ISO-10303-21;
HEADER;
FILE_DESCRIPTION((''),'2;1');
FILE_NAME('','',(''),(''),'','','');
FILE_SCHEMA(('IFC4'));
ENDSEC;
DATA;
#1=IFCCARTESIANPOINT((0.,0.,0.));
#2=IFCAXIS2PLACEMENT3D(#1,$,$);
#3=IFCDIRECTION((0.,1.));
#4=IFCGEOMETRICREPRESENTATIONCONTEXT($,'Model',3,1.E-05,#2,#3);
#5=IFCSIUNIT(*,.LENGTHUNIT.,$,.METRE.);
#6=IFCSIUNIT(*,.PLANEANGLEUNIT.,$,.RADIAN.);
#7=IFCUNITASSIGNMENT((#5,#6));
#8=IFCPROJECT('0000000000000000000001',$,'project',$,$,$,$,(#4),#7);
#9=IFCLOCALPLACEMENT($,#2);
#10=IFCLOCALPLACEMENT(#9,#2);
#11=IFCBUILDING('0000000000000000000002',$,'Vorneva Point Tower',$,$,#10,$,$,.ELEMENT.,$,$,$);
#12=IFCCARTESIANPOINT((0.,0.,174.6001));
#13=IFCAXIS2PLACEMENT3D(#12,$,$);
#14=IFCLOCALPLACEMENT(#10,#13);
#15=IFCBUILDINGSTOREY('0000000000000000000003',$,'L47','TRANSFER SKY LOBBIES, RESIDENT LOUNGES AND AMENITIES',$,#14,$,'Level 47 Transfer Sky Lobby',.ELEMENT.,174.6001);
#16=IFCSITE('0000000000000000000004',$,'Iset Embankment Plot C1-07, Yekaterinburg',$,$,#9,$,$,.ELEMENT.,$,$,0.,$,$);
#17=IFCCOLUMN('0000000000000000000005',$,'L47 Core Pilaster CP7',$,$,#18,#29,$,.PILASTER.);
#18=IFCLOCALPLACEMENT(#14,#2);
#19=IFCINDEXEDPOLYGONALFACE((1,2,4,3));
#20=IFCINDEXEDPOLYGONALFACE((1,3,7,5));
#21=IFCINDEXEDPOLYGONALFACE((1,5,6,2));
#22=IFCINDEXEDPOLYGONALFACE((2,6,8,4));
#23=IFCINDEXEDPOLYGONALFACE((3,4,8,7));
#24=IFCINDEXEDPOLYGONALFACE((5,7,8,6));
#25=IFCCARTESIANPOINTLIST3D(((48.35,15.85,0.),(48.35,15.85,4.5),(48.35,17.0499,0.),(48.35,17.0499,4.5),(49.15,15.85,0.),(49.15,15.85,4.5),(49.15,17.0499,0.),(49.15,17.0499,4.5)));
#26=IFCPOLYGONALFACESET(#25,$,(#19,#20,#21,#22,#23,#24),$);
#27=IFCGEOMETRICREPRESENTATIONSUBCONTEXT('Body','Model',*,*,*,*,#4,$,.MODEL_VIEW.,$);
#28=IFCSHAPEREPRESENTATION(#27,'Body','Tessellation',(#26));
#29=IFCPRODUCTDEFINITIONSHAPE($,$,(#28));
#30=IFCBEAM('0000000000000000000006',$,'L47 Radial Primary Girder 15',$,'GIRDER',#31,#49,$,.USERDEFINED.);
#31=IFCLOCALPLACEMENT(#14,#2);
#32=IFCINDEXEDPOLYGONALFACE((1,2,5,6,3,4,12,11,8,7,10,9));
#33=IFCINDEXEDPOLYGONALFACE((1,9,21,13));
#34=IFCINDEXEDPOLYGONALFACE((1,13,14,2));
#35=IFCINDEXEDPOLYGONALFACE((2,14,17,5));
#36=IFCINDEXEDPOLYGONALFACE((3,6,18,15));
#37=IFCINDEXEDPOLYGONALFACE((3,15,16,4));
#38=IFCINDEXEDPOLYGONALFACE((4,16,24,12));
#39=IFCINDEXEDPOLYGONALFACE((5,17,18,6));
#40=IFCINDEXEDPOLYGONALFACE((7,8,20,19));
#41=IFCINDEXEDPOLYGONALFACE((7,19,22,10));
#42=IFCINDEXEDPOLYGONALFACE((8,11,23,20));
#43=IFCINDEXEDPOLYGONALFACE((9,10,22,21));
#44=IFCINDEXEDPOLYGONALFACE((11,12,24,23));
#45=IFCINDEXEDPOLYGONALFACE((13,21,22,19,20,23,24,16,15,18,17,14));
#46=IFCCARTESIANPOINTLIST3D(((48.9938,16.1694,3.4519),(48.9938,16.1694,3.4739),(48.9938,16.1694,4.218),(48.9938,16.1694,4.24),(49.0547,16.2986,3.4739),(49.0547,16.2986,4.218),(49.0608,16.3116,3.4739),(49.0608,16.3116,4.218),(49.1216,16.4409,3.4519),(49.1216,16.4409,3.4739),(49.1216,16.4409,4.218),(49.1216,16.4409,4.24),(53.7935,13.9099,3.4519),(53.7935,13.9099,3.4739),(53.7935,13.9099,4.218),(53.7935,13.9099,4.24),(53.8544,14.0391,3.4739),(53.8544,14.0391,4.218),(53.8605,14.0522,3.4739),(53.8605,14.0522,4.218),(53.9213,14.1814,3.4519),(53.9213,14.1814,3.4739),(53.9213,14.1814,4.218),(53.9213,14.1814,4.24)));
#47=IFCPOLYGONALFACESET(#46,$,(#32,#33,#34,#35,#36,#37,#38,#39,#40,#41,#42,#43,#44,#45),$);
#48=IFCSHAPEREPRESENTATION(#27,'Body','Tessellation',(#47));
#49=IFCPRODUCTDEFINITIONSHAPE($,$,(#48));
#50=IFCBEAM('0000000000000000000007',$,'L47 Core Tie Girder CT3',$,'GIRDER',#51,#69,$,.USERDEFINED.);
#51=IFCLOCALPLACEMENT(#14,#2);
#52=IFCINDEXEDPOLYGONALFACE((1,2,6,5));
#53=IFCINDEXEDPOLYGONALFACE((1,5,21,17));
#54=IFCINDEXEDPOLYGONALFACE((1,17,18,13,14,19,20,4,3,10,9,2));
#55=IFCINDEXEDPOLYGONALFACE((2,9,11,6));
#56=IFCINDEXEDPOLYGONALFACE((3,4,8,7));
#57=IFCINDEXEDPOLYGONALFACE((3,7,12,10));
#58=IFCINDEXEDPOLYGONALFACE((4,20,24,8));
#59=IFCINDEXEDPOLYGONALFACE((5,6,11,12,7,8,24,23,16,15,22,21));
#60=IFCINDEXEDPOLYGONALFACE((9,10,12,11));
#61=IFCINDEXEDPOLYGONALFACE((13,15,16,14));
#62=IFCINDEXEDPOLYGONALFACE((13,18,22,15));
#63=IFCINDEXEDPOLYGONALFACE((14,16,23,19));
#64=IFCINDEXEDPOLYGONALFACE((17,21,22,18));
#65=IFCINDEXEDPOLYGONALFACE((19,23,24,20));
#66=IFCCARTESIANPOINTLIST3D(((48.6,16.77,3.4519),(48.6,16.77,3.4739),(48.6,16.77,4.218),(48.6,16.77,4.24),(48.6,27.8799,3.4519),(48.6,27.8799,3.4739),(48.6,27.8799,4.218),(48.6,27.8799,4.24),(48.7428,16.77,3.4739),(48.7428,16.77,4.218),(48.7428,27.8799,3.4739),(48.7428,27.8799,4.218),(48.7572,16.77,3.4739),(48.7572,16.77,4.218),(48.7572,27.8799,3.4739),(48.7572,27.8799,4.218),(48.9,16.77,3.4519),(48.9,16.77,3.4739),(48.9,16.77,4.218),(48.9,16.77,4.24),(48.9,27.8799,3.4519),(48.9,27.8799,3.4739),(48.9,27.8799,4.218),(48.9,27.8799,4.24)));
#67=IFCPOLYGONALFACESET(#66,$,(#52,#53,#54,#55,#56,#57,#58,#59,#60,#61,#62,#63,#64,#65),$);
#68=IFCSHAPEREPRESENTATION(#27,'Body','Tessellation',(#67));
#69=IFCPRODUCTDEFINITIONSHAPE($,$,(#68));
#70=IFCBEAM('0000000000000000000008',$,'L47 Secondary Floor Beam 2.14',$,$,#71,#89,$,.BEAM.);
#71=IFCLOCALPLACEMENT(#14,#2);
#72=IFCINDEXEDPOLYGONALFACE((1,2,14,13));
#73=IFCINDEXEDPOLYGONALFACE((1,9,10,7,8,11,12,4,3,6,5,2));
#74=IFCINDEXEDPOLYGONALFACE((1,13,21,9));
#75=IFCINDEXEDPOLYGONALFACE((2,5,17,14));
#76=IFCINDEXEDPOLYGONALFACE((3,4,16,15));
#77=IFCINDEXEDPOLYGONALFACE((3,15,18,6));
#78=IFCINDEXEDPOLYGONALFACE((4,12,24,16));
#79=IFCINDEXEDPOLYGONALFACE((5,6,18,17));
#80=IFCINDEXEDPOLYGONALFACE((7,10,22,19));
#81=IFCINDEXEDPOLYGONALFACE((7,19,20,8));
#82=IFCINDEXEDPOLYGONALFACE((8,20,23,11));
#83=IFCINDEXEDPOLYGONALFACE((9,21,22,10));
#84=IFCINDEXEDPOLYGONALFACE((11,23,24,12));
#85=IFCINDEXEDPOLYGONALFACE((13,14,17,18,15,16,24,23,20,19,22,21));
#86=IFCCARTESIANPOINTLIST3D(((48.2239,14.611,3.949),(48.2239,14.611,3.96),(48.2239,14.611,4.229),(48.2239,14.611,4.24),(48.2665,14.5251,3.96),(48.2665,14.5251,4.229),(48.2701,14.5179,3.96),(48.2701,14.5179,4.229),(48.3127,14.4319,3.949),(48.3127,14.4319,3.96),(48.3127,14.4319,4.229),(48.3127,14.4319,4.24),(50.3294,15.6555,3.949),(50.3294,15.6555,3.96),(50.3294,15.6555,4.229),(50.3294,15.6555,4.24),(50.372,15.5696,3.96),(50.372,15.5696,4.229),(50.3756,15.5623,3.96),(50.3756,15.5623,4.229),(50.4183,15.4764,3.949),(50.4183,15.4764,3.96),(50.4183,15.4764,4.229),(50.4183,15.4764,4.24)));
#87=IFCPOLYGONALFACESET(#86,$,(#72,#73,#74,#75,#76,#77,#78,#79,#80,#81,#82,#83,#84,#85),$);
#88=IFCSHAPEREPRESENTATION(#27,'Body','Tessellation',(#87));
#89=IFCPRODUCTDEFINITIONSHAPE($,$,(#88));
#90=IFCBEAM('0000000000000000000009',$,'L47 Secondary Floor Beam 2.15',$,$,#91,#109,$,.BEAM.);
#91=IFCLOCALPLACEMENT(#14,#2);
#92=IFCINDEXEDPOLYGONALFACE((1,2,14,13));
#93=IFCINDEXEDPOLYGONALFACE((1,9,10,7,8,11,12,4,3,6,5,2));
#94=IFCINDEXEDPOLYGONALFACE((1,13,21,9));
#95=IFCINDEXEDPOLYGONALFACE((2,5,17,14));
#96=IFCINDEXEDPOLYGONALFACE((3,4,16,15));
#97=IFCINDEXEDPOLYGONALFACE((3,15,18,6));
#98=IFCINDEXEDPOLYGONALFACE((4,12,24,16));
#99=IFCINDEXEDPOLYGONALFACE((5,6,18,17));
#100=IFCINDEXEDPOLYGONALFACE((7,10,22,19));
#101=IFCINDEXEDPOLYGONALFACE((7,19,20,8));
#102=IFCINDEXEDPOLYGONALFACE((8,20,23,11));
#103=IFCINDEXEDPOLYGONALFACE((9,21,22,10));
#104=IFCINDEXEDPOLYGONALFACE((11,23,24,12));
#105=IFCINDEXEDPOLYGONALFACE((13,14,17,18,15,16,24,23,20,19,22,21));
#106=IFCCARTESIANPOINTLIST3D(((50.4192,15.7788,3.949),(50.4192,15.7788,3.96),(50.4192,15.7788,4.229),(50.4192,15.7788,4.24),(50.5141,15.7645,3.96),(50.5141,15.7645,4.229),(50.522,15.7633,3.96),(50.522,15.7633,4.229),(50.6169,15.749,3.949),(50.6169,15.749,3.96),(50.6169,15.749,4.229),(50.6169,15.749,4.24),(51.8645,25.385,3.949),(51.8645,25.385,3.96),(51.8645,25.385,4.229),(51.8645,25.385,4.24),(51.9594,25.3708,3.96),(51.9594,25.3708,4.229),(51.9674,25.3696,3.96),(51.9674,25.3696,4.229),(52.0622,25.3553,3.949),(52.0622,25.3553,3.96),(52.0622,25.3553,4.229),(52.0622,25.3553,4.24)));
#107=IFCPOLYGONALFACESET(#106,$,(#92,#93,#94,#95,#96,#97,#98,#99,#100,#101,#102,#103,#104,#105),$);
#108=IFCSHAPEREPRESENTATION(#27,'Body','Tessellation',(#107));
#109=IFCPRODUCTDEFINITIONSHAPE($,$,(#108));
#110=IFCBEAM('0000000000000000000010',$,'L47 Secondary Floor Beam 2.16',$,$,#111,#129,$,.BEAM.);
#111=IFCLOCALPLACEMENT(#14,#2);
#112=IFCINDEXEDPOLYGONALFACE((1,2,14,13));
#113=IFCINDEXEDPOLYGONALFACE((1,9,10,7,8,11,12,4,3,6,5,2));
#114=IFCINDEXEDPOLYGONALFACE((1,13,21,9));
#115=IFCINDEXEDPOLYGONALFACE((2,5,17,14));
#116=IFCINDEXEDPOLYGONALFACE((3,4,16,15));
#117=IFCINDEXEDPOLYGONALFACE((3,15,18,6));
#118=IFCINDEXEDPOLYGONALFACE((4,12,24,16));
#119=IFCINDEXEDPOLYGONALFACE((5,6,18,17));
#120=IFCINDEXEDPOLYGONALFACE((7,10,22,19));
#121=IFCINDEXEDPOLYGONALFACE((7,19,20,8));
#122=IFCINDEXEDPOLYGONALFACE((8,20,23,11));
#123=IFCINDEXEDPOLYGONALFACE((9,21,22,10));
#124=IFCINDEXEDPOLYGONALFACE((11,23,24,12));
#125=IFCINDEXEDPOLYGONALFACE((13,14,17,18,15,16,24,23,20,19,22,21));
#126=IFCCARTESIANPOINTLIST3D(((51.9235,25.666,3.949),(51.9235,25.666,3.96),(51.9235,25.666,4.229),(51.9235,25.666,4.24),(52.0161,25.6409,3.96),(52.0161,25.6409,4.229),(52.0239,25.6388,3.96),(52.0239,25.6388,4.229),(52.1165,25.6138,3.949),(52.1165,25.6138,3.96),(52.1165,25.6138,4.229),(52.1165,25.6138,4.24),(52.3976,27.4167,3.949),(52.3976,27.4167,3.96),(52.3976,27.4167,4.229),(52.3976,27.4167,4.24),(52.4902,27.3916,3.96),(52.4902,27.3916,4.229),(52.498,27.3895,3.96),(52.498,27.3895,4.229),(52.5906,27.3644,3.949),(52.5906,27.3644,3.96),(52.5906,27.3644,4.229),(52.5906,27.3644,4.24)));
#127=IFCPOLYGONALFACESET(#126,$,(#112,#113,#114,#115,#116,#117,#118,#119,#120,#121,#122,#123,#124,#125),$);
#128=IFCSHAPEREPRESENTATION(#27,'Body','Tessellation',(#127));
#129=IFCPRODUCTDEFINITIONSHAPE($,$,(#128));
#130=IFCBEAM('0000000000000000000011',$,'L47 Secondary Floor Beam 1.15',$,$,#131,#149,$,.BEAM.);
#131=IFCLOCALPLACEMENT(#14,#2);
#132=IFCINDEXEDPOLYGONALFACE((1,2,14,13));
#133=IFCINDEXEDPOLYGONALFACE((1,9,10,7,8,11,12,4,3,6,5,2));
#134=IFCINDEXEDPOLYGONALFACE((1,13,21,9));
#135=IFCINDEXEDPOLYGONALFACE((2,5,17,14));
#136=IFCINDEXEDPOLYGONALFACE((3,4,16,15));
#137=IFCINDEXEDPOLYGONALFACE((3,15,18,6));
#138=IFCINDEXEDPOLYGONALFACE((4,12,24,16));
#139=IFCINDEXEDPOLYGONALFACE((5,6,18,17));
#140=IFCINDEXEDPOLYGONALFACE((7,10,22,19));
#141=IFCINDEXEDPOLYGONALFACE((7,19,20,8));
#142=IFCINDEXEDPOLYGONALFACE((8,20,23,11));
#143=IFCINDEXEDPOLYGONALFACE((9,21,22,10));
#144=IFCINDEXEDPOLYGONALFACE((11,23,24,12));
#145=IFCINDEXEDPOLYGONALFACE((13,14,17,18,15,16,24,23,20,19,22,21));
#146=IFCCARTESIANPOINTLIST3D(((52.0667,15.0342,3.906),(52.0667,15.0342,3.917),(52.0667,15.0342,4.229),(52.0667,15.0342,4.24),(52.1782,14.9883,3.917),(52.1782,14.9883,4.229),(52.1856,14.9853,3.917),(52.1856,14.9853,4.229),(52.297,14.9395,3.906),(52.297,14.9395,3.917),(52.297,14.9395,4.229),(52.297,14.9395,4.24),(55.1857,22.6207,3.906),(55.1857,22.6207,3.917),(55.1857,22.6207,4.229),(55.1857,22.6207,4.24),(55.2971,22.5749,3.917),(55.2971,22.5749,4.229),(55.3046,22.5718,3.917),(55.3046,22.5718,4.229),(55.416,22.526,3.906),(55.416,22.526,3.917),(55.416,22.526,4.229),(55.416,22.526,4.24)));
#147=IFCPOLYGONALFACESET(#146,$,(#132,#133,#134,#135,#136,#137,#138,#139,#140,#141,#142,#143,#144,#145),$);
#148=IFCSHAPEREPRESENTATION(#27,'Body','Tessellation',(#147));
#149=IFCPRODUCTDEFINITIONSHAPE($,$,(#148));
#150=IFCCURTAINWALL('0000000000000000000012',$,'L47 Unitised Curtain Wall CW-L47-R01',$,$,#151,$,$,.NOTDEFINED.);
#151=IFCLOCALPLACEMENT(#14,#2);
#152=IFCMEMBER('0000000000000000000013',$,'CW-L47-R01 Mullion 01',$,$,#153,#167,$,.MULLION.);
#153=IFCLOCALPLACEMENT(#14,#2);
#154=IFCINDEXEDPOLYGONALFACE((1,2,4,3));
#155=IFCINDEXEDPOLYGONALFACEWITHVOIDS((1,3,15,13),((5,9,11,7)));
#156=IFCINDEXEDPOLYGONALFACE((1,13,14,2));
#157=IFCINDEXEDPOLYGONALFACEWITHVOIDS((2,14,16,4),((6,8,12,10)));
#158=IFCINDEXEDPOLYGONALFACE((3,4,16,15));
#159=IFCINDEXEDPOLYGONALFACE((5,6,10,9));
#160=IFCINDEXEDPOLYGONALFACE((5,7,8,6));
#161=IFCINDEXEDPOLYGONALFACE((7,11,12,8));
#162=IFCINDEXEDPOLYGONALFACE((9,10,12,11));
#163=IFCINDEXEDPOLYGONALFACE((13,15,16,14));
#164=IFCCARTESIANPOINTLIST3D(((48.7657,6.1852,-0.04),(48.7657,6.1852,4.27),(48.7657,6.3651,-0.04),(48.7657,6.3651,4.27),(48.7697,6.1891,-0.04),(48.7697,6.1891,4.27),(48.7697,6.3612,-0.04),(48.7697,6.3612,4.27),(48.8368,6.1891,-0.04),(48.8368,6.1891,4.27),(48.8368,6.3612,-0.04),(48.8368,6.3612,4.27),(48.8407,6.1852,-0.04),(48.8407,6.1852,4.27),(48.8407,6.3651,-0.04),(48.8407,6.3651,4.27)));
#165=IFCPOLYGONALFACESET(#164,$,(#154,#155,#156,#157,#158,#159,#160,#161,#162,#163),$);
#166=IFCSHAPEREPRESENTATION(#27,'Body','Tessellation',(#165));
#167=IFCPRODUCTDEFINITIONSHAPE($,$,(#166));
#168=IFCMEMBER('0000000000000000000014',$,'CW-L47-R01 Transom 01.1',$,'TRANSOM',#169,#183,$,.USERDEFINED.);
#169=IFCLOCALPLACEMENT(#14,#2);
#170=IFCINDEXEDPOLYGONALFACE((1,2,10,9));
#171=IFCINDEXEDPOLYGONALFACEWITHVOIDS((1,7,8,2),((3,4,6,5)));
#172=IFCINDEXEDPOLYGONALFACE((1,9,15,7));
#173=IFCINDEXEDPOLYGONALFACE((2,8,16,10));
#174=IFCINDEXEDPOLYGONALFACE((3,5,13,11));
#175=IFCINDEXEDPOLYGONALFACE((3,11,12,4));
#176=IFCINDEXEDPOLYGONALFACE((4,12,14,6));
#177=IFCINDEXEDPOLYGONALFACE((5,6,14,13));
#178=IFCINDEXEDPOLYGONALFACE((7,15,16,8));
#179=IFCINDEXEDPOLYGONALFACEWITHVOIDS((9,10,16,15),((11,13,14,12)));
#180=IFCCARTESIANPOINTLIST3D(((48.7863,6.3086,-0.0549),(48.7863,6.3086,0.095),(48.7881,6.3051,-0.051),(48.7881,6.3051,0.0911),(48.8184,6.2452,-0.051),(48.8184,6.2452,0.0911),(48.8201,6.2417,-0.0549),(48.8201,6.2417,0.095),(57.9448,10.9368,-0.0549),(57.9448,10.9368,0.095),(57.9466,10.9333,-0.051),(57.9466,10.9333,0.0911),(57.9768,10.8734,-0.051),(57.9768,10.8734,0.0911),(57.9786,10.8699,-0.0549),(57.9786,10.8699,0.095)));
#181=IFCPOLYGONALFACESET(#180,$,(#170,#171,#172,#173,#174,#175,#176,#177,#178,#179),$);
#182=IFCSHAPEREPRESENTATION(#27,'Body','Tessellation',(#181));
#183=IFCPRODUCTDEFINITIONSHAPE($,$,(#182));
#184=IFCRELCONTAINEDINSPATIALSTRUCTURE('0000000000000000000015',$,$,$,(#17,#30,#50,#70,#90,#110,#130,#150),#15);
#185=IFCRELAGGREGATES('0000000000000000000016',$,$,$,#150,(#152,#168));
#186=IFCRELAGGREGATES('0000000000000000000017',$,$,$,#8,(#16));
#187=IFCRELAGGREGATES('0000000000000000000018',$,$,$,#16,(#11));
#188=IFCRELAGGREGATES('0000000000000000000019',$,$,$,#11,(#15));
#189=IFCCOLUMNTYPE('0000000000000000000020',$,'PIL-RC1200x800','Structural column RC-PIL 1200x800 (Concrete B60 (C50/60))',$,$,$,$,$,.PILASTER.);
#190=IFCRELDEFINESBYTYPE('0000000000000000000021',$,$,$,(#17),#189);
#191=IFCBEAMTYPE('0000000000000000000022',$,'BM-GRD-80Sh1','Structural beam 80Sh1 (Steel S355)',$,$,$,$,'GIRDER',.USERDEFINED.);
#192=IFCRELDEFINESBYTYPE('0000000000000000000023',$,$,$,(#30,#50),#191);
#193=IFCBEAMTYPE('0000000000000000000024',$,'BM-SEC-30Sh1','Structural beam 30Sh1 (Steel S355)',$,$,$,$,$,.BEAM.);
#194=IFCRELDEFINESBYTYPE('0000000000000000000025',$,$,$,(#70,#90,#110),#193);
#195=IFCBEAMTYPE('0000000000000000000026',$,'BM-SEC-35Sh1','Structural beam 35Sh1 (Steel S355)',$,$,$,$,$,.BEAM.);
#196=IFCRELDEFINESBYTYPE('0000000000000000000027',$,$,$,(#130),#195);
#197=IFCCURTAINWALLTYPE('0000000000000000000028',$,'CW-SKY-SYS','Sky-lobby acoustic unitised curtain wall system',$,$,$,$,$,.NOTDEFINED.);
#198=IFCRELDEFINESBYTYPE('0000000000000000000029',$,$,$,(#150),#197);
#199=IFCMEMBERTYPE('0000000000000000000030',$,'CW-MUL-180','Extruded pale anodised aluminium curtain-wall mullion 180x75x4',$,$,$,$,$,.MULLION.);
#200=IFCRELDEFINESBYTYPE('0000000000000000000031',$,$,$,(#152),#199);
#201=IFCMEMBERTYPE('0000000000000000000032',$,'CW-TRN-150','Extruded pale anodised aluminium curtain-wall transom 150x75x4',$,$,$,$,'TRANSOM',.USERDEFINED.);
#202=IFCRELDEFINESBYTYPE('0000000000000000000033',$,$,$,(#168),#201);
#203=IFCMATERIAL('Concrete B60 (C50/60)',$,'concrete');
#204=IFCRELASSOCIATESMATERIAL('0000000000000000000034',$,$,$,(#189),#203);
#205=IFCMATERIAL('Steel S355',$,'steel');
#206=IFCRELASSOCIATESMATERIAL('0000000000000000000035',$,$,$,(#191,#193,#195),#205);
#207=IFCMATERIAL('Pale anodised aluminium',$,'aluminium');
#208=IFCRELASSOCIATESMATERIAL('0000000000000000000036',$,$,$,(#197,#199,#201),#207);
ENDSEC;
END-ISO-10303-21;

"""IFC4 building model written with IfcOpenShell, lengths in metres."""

from ifc_helpers import new_model, si_unit, direction, frame, origin, origin_2d, place, context, subcontext, project, spatial, rectangle, hollow_rectangle, i_section, extrude, material, material_profile, profile_set, type_object, element, aggregate, save


model = new_model("IFC4")

# Units and contexts
model_context = context("Model", 3, precision=1e-05, world=origin(), true_north=direction((0.0, 1.0)))
body_context = subcontext(model_context, "Body", "Model", "MODEL_VIEW")
ifc_project = project(units=[si_unit("LENGTHUNIT", "METRE"), si_unit("PLANEANGLEUNIT", "RADIAN")], contexts=[model_context])

# Site, building, storey
site_placement = place(None, origin())
site = spatial("IfcSite", under=ifc_project, at=site_placement, Name="Iset Embankment Plot C1-07, Yekaterinburg", CompositionType="ELEMENT", RefElevation=0.0)
building_placement = place(site_placement, origin())
building = spatial("IfcBuilding", under=site, at=building_placement, Name="Vorneva Point Tower", CompositionType="ELEMENT")
storey_placement = place(building_placement, frame((0.0, 0.0, 174.6001)))
storey = spatial("IfcBuildingStorey", under=building, at=storey_placement, Name="L47", Description="TRANSFER SKY LOBBIES, RESIDENT LOUNGES AND AMENITIES", LongName="Level 47 Transfer Sky Lobby", CompositionType="ELEMENT", Elevation=174.6001)

# Column
ifc_material_1 = material(Name="Concrete B60 (C50/60)", Category="concrete")
ifc_material_profile_1 = material_profile(ifc_material_1, rectangle(XDim=0.8, YDim=1.2, at=origin_2d()), Name="RC-PIL 1200x800")
ifc_profile_set_1 = profile_set([ifc_material_profile_1], Name="Concrete B60 (C50/60)")
column_type_1 = type_object("IfcColumnType", Name="PIL-RC1200x800", Description="Structural column RC-PIL 1200x800 (Concrete B60 (C50/60))", PredefinedType="PILASTER", material=ifc_profile_set_1)
column_1_placement = place(storey_placement, frame((48.75, 16.45, 0.0), z_axis=(0.0, 0.0, 1.0), x_axis=(1.0, 0.0, 0.0)))
element("IfcColumn", 1, at=column_1_placement, inside=storey, type_object=column_type_1, Name="L47 Core Pilaster CP7", PredefinedType="PILASTER", context=body_context, shape_type="SweptSolid", body=[
    extrude(rectangle(XDim=0.8, YDim=1.2, at=origin_2d()), origin(), (0.0, 0.0, 1.0), 4.5),
])

# Beams
ifc_material_2 = material(Name="Steel S355", Category="steel")
ifc_material_profile_2 = material_profile(ifc_material_2, i_section(OverallWidth=0.3, OverallDepth=0.7881, WebThickness=0.0144, FlangeThickness=0.022, at=origin_2d()), Name="80Sh1")
ifc_profile_set_2 = profile_set([ifc_material_profile_2], Name="Steel S355")
beam_type_1 = type_object("IfcBeamType", Name="BM-GRD-80Sh1", Description="Structural beam 80Sh1 (Steel S355)", ElementType="GIRDER", PredefinedType="USERDEFINED", material=ifc_profile_set_2)
beam_1_placement = place(storey_placement, frame((53.8574, 14.0457, 3.8459), z_axis=(-0.904761, 0.425919, 0.0), x_axis=(-0.425919, -0.904761, 0.0)))
element("IfcBeam", 2, at=beam_1_placement, inside=storey, type_object=beam_type_1, Name="L47 Radial Primary Girder 15", ObjectType="GIRDER", PredefinedType="USERDEFINED", context=body_context, shape_type="SweptSolid", body=[
    extrude(i_section(OverallWidth=0.3, OverallDepth=0.7881, WebThickness=0.0144, FlangeThickness=0.022, at=origin_2d()), origin(), (0.0, 0.0, 1.0), 5.3049),
])
beam_2_placement = place(storey_placement, frame((48.75, 16.77, 3.8459), z_axis=(0.0, 1.0, 0.0), x_axis=(-1.0, 0.0, 0.0)))
element("IfcBeam", 3, at=beam_2_placement, inside=storey, type_object=beam_type_1, Name="L47 Core Tie Girder CT3", ObjectType="GIRDER", PredefinedType="USERDEFINED", context=body_context, shape_type="SweptSolid", body=[
    extrude(i_section(OverallWidth=0.3, OverallDepth=0.7881, WebThickness=0.0144, FlangeThickness=0.022, at=origin_2d()), origin(), (0.0, 0.0, 1.0), 11.1099),
])
ifc_material_profile_3 = material_profile(ifc_material_2, i_section(OverallWidth=0.2, OverallDepth=0.291, WebThickness=0.0081, FlangeThickness=0.011, at=origin_2d()), Name="30Sh1")
ifc_profile_set_3 = profile_set([ifc_material_profile_3], Name="Steel S355")
beam_type_2 = type_object("IfcBeamType", Name="BM-SEC-30Sh1", Description="Structural beam 30Sh1 (Steel S355)", PredefinedType="BEAM", material=ifc_profile_set_3)
beam_3_placement = place(storey_placement, frame((48.2683, 14.5215, 4.0945), z_axis=(0.895835, 0.444386, 0.0), x_axis=(-0.444386, 0.895835, 0.0)))
element("IfcBeam", 4, at=beam_3_placement, inside=storey, type_object=beam_type_2, Name="L47 Secondary Floor Beam 2.14", PredefinedType="BEAM", context=body_context, shape_type="SweptSolid", body=[
    extrude(i_section(OverallWidth=0.2, OverallDepth=0.291, WebThickness=0.0081, FlangeThickness=0.011, at=origin_2d()), origin(), (0.0, 0.0, 1.0), 2.3503),
])
beam_4_placement = place(storey_placement, frame((50.5181, 15.7639, 4.0945), z_axis=(0.148782, 0.98887, 0.0), x_axis=(-0.98887, 0.148782, 0.0)))
element("IfcBeam", 5, at=beam_4_placement, inside=storey, type_object=beam_type_2, Name="L47 Secondary Floor Beam 2.15", PredefinedType="BEAM", context=body_context, shape_type="SweptSolid", body=[
    extrude(i_section(OverallWidth=0.2, OverallDepth=0.291, WebThickness=0.0081, FlangeThickness=0.011, at=origin_2d()), origin(), (0.0, 0.0, 1.0), 9.7144),
])
beam_5_placement = place(storey_placement, frame((52.02, 25.6399, 4.0945), z_axis=(0.261397, 0.965231, 0.0), x_axis=(-0.965231, 0.261397, 0.0)))
element("IfcBeam", 6, at=beam_5_placement, inside=storey, type_object=beam_type_2, Name="L47 Secondary Floor Beam 2.16", PredefinedType="BEAM", context=body_context, shape_type="SweptSolid", body=[
    extrude(i_section(OverallWidth=0.2, OverallDepth=0.291, WebThickness=0.0081, FlangeThickness=0.011, at=origin_2d()), origin(), (0.0, 0.0, 1.0), 1.8137),
])
ifc_material_profile_4 = material_profile(ifc_material_2, i_section(OverallWidth=0.249, OverallDepth=0.334, WebThickness=0.0081, FlangeThickness=0.011, at=origin_2d()), Name="35Sh1")
ifc_profile_set_4 = profile_set([ifc_material_profile_4], Name="Steel S355")
beam_type_3 = type_object("IfcBeamType", Name="BM-SEC-35Sh1", Description="Structural beam 35Sh1 (Steel S355)", PredefinedType="BEAM", material=ifc_profile_set_4)
beam_6_placement = place(storey_placement, frame((52.1819, 14.9868, 4.073), z_axis=(0.380236, 0.924889, 0.0), x_axis=(-0.924889, 0.380236, 0.0)))
element("IfcBeam", 7, at=beam_6_placement, inside=storey, type_object=beam_type_3, Name="L47 Secondary Floor Beam 1.15", PredefinedType="BEAM", context=body_context, shape_type="SweptSolid", body=[
    extrude(i_section(OverallWidth=0.249, OverallDepth=0.334, WebThickness=0.0081, FlangeThickness=0.011, at=origin_2d()), origin(), (0.0, 0.0, 1.0), 8.2026),
])

# Curtain wall, members
ifc_material_3 = material(Name="Pale anodised aluminium", Category="aluminium")
curtain_wall_type = type_object("IfcCurtainWallType", Name="CW-SKY-SYS", Description="Sky-lobby acoustic unitised curtain wall system", PredefinedType="NOTDEFINED", material=ifc_material_3)
curtain_wall_placement = place(storey_placement, origin())
curtain_wall = element("IfcCurtainWall", 8, at=curtain_wall_placement, inside=storey, type_object=curtain_wall_type, Name="L47 Unitised Curtain Wall CW-L47-R01", PredefinedType="NOTDEFINED")
ifc_material_profile_5 = material_profile(ifc_material_3, hollow_rectangle(XDim=0.075, YDim=0.1799, WallThickness=0.0039, at=origin_2d()), Name="AL-MUL 180x75x4")
ifc_profile_set_5 = profile_set([ifc_material_profile_5], Name="Pale anodised aluminium")
member_type_1 = type_object("IfcMemberType", Name="CW-MUL-180", Description="Extruded pale anodised aluminium curtain-wall mullion 180x75x4", PredefinedType="MULLION", material=ifc_profile_set_5)
member_1_placement = place(storey_placement, frame((48.8032, 6.2751, -0.04), z_axis=(0.0, 0.0, 1.0), x_axis=(1.0, 0.0, 0.0)))
member_1 = element("IfcMember", 9, at=member_1_placement, type_object=member_type_1, Name="CW-L47-R01 Mullion 01", PredefinedType="MULLION", context=body_context, shape_type="SweptSolid", body=[
    extrude(hollow_rectangle(XDim=0.075, YDim=0.1799, WallThickness=0.0039, at=origin_2d()), origin(), (0.0, 0.0, 1.0), 4.3101),
])
ifc_material_profile_6 = material_profile(ifc_material_3, hollow_rectangle(XDim=0.075, YDim=0.1499, WallThickness=0.0039, at=origin_2d()), Name="AL-TRN 150x75x4")
ifc_profile_set_6 = profile_set([ifc_material_profile_6], Name="Pale anodised aluminium")
member_type_2 = type_object("IfcMemberType", Name="CW-TRN-150", Description="Extruded pale anodised aluminium curtain-wall transom 150x75x4", ElementType="TRANSOM", PredefinedType="USERDEFINED", material=ifc_profile_set_6)
member_2_placement = place(storey_placement, frame((48.8032, 6.2751, 0.02), z_axis=(0.892511, 0.451026, 0.0), x_axis=(-0.451026, 0.892511, 0.0)))
member_2 = element("IfcMember", 10, at=member_2_placement, type_object=member_type_2, Name="CW-L47-R01 Transom 01.1", ObjectType="TRANSOM", PredefinedType="USERDEFINED", context=body_context, shape_type="SweptSolid", body=[
    extrude(hollow_rectangle(XDim=0.075, YDim=0.1499, WallThickness=0.0039, at=origin_2d()), origin(), (0.0, 0.0, 1.0), 10.2615),
])
aggregate(curtain_wall, [member_1, member_2])

save(model, "model.ifc")
